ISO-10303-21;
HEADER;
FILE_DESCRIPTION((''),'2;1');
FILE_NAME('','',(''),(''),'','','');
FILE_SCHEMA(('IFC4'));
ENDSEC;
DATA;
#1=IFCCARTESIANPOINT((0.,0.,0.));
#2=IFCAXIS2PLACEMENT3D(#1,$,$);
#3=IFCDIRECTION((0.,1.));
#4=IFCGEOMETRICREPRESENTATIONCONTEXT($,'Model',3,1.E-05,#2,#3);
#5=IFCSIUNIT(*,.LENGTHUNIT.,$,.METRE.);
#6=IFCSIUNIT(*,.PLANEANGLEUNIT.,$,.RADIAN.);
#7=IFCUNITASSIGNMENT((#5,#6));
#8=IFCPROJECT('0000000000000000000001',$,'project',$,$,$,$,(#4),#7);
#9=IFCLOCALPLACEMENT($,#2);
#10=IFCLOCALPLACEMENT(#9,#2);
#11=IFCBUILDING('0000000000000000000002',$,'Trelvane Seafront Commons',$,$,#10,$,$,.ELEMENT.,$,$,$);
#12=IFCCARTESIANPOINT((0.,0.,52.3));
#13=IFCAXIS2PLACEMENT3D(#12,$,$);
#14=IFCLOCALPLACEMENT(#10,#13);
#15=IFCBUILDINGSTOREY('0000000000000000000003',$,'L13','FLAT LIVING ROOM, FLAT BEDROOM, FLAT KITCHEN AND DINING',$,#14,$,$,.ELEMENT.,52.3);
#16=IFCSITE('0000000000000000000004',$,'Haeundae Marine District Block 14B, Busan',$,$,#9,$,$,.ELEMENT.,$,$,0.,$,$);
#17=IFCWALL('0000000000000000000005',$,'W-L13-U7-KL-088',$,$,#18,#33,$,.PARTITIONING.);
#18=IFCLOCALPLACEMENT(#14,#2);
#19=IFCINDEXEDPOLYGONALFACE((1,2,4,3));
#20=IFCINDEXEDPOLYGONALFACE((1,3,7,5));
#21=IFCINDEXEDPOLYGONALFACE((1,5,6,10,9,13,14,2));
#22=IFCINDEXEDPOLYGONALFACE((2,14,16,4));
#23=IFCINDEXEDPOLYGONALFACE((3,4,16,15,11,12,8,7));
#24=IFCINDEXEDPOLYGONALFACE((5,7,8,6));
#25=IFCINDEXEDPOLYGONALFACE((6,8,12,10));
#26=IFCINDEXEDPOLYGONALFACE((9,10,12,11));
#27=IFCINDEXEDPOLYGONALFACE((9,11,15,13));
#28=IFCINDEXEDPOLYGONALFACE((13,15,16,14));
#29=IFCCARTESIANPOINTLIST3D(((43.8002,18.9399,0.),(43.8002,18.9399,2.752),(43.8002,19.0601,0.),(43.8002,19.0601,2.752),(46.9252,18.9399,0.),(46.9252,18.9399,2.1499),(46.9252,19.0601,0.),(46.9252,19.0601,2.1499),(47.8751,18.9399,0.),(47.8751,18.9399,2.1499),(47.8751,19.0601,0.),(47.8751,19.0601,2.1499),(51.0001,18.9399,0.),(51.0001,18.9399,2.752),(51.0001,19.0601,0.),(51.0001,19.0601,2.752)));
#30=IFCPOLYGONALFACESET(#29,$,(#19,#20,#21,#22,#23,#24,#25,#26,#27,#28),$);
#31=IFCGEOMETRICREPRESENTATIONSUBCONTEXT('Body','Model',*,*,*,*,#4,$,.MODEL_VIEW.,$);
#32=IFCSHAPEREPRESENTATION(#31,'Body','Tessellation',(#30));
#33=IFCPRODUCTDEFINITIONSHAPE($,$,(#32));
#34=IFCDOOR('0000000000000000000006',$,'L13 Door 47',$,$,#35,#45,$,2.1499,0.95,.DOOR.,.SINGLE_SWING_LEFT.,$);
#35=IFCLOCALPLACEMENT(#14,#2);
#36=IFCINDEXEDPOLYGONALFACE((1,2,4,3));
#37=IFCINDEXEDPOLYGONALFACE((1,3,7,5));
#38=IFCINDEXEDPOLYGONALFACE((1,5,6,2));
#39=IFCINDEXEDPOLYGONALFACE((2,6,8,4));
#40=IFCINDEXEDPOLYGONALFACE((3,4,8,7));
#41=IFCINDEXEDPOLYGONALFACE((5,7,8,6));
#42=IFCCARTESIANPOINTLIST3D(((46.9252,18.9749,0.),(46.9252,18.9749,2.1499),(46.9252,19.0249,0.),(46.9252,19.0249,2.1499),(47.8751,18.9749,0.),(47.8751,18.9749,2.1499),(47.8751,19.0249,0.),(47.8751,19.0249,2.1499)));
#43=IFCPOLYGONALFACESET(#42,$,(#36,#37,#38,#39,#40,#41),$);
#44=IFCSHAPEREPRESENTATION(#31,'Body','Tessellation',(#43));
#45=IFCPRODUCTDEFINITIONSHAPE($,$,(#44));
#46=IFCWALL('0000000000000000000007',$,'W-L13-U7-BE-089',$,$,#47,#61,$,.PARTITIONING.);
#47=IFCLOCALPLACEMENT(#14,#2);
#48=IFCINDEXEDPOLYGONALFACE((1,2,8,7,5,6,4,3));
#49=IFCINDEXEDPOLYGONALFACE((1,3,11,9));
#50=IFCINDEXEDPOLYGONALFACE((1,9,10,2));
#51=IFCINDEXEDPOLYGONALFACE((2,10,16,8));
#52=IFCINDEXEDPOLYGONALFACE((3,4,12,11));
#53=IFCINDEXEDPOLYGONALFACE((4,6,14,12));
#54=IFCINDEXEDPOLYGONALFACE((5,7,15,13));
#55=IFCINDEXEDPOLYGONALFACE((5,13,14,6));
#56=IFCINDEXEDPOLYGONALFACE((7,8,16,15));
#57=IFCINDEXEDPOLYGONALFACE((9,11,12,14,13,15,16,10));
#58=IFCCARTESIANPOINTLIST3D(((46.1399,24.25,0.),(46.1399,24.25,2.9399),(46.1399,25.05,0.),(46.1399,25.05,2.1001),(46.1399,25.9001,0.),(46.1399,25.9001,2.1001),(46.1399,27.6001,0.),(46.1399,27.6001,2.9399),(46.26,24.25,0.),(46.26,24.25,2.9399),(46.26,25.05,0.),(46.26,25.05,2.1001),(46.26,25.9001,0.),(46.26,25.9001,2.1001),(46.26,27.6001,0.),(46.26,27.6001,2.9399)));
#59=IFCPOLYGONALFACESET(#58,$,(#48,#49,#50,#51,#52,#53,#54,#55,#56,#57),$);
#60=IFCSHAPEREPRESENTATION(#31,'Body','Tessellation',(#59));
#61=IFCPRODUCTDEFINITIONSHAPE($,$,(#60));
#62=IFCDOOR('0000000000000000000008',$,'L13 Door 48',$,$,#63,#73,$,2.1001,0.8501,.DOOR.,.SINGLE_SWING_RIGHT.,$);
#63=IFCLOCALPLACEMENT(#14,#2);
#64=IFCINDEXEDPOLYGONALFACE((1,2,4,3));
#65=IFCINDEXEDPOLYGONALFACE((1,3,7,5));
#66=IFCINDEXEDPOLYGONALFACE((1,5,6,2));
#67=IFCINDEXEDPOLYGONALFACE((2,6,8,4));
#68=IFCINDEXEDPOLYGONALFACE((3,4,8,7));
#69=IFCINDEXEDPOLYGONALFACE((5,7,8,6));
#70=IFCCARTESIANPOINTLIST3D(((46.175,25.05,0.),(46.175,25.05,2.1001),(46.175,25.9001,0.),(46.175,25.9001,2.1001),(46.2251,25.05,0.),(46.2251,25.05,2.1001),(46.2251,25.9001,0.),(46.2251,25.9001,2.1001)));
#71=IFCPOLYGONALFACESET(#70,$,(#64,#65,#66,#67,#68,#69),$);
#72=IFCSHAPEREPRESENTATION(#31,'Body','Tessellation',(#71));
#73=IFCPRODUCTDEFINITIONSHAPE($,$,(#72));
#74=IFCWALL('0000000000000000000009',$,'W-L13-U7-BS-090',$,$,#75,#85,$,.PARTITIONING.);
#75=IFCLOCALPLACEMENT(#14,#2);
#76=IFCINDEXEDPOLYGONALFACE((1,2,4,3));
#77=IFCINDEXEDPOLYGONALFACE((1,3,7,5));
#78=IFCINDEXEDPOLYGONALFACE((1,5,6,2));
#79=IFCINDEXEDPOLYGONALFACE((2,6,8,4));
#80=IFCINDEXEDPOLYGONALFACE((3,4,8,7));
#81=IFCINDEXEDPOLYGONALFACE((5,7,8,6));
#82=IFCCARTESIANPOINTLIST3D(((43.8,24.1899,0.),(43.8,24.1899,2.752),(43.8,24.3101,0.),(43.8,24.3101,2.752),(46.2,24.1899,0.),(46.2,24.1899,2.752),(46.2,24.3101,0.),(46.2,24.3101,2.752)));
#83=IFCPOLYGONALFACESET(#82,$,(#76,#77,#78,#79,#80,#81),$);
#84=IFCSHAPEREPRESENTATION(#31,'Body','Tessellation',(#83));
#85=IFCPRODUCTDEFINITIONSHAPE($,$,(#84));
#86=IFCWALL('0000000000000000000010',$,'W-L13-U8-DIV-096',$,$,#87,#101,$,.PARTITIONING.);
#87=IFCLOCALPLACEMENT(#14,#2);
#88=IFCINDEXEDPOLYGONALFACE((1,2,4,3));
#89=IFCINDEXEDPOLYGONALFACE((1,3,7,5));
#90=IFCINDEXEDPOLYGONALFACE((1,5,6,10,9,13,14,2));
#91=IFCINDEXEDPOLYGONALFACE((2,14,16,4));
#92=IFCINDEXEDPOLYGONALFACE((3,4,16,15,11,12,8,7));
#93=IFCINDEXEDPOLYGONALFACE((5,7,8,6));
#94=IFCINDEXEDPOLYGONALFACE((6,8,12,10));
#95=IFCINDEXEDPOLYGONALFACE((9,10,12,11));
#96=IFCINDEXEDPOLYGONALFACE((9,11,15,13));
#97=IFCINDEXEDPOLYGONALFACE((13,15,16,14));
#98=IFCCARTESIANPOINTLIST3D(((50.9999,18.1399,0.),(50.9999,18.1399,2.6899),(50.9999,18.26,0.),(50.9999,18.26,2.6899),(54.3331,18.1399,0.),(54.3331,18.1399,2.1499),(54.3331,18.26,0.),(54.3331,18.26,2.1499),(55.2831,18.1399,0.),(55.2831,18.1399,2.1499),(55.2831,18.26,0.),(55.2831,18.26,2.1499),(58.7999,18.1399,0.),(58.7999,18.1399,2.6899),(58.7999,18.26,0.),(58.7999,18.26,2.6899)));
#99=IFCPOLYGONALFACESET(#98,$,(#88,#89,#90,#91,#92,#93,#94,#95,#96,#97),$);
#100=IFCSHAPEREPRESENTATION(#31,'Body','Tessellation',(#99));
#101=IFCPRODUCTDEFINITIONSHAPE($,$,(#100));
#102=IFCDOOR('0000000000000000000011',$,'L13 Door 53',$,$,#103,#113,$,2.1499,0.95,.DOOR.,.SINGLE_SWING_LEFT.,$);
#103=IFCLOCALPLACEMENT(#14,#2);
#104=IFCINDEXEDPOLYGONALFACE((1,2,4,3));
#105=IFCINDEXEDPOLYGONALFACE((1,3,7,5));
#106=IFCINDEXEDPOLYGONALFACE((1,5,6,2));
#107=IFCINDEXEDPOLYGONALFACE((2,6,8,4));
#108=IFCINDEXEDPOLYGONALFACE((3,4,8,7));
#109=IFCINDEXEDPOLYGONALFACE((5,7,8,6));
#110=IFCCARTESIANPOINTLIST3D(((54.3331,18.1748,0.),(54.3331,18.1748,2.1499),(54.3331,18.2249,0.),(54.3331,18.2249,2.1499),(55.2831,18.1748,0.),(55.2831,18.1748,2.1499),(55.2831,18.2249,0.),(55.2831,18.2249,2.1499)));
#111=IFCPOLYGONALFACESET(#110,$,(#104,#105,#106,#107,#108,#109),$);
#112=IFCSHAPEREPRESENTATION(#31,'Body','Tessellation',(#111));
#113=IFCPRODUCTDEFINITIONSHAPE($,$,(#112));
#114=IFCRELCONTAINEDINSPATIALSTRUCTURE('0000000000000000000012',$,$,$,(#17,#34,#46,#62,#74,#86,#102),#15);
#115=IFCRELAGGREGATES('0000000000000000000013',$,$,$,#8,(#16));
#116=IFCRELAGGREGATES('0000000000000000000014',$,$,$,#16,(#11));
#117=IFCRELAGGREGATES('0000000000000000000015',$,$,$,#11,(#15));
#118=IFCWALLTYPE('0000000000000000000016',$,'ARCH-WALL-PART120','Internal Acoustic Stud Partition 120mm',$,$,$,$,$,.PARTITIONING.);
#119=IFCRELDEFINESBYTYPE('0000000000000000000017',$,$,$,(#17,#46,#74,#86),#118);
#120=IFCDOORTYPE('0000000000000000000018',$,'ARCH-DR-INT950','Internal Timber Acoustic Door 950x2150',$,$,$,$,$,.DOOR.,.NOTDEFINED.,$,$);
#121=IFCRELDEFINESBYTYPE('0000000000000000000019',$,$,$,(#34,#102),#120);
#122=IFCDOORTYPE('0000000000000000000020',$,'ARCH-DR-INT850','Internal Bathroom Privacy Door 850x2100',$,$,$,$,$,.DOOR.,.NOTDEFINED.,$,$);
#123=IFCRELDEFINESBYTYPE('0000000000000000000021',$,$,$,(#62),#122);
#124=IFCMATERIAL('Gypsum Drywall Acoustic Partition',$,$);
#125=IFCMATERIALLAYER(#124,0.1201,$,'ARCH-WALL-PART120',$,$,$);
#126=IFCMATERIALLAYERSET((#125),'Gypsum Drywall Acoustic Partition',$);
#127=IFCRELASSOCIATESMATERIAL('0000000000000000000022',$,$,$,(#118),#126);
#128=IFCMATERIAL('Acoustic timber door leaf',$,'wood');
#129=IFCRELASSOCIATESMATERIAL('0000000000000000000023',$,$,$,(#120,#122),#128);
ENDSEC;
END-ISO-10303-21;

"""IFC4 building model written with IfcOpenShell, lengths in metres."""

from ifc_helpers import new_model, si_unit, direction, frame, frame_2d, origin, place, context, subcontext, project, spatial, rectangle, extrude, source, transform, mapped, material, layer, layer_set, type_object, element, fill, save


model = new_model("IFC4")

# Units and contexts
model_context = context("Model", 3, precision=1e-05, world=origin(), true_north=direction((0.0, 1.0)))
body_context = subcontext(model_context, "Body", "Model", "MODEL_VIEW")
ifc_project = project(units=[si_unit("LENGTHUNIT", "METRE"), si_unit("PLANEANGLEUNIT", "RADIAN")], contexts=[model_context])

# Site, building, storey
site_placement = place(None, origin())
site = spatial("IfcSite", under=ifc_project, at=site_placement, Name="Haeundae Marine District Block 14B, Busan", CompositionType="ELEMENT", RefElevation=0.0)
building_placement = place(site_placement, origin())
building = spatial("IfcBuilding", under=site, at=building_placement, Name="Trelvane Seafront Commons", CompositionType="ELEMENT")
storey_placement = place(building_placement, frame((0.0, 0.0, 52.3)))
storey = spatial("IfcBuildingStorey", under=building, at=storey_placement, Name="L13", Description="FLAT LIVING ROOM, FLAT BEDROOM, FLAT KITCHEN AND DINING", CompositionType="ELEMENT", Elevation=52.3)

# Walls, openings, doors
ifc_material_1 = material(Name="Gypsum Drywall Acoustic Partition")
ifc_layer_1 = layer(ifc_material_1, 0.1201, Name="ARCH-WALL-PART120")
ifc_layer_set_1 = layer_set([ifc_layer_1], Name="Gypsum Drywall Acoustic Partition")
wall_type_1 = type_object("IfcWallType", Name="ARCH-WALL-PART120", Description="Internal Acoustic Stud Partition 120mm", PredefinedType="PARTITIONING", material=ifc_layer_set_1)
ifc_material_2 = material(Name="Acoustic timber door leaf", Category="wood")
door_type_1 = type_object("IfcDoorType", Name="ARCH-DR-INT950", Description="Internal Timber Acoustic Door 950x2150", OperationType="NOTDEFINED", PredefinedType="DOOR", material=ifc_material_2)
shared_shape_1 = source(origin(), body_context, "Body", "SweptSolid", [
    extrude(rectangle(XDim=0.95, YDim=2.1499, at=frame_2d((0.4751, 1.075))), frame((0.0, 0.0249, 0.0), z_axis=(0.0, -1.0, 0.0), x_axis=(1.0, 0.0, 0.0)), (0.0, 0.0, 1.0), 0.05),
])
wall_1_placement = place(storey_placement, frame((43.8, 19.0, 0.0), z_axis=(0.0, 0.0, 1.0), x_axis=(1.0, 0.0, 0.0)))
wall_1 = element("IfcWall", 1, at=wall_1_placement, inside=storey, type_object=wall_type_1, Name="W-L13-U7-KL-088", PredefinedType="PARTITIONING", context=body_context, shape_type="SweptSolid", body=[
    extrude(rectangle(XDim=7.2, YDim=0.1201, at=frame_2d((3.6001, 0.0))), origin(), (0.0, 0.0, 1.0), 2.752),
])
opening_1_placement = place(wall_1_placement, frame((3.125, 0.0, 0.0)))
opening_1 = element("IfcOpeningElement", 2, at=opening_1_placement, cuts=wall_1, PredefinedType="OPENING", context=body_context, shape_type="SweptSolid", body=[
    extrude(rectangle(XDim=0.95, YDim=2.1499, at=frame_2d((0.4751, 1.075))), frame((0.0, 0.0701, 0.0), z_axis=(0.0, -1.0, 0.0), x_axis=(1.0, 0.0, 0.0)), (0.0, 0.0, 1.0), 0.1401),
])
door_1_placement = place(opening_1_placement, origin())
door_1 = element("IfcDoor", 3, at=door_1_placement, inside=storey, type_object=door_type_1, Name="L13 Door 47", OperationType="SINGLE_SWING_LEFT", OverallHeight=2.1499, OverallWidth=0.95, PredefinedType="DOOR", context=body_context, shape_type="MappedRepresentation", body=[
    mapped(shared_shape_1, transform((0.0, 0.0, 0.0), x_axis=(1.0, 0.0, 0.0), y_axis=(0.0, 1.0, 0.0), z_axis=(0.0, 0.0, 1.0), scale=1.0)),
])
fill(opening_1, door_1)
wall_2_placement = place(storey_placement, frame((46.2, 24.25, 0.0), z_axis=(0.0, 0.0, 1.0), x_axis=(0.0, 1.0, 0.0)))
wall_2 = element("IfcWall", 4, at=wall_2_placement, inside=storey, type_object=wall_type_1, Name="W-L13-U7-BE-089", PredefinedType="PARTITIONING", context=body_context, shape_type="SweptSolid", body=[
    extrude(rectangle(XDim=3.3501, YDim=0.1201, at=frame_2d((1.675, 0.0))), origin(), (0.0, 0.0, 1.0), 2.9399),
])
opening_2_placement = place(wall_2_placement, frame((0.8, 0.0, 0.0)))
opening_2 = element("IfcOpeningElement", 5, at=opening_2_placement, cuts=wall_2, PredefinedType="OPENING", context=body_context, shape_type="SweptSolid", body=[
    extrude(rectangle(XDim=0.8501, YDim=2.1001, at=frame_2d((0.425, 1.05))), frame((0.0, 0.0701, 0.0), z_axis=(0.0, -1.0, 0.0), x_axis=(1.0, 0.0, 0.0)), (0.0, 0.0, 1.0), 0.1401),
])
door_type_2 = type_object("IfcDoorType", Name="ARCH-DR-INT850", Description="Internal Bathroom Privacy Door 850x2100", OperationType="NOTDEFINED", PredefinedType="DOOR", material=ifc_material_2)
shared_shape_2 = source(origin(), body_context, "Body", "SweptSolid", [
    extrude(rectangle(XDim=0.8501, YDim=2.1001, at=frame_2d((0.425, 1.05))), frame((0.0, 0.0249, 0.0), z_axis=(0.0, -1.0, 0.0), x_axis=(1.0, 0.0, 0.0)), (0.0, 0.0, 1.0), 0.05),
])
door_2_placement = place(opening_2_placement, origin())
door_2 = element("IfcDoor", 6, at=door_2_placement, inside=storey, type_object=door_type_2, Name="L13 Door 48", OperationType="SINGLE_SWING_RIGHT", OverallHeight=2.1001, OverallWidth=0.8501, PredefinedType="DOOR", context=body_context, shape_type="MappedRepresentation", body=[
    mapped(shared_shape_2, transform((0.0, 0.0, 0.0), x_axis=(1.0, 0.0, 0.0), y_axis=(0.0, 1.0, 0.0), z_axis=(0.0, 0.0, 1.0), scale=1.0)),
])
fill(opening_2, door_2)

# Wall
wall_3_placement = place(storey_placement, frame((43.8, 24.25, 0.0), z_axis=(0.0, 0.0, 1.0), x_axis=(1.0, 0.0, 0.0)))
element("IfcWall", 7, at=wall_3_placement, inside=storey, type_object=wall_type_1, Name="W-L13-U7-BS-090", PredefinedType="PARTITIONING", context=body_context, shape_type="SweptSolid", body=[
    extrude(rectangle(XDim=2.3999, YDim=0.1201, at=frame_2d((1.2, 0.0))), origin(), (0.0, 0.0, 1.0), 2.752),
])

# Wall, opening, door
wall_4_placement = place(storey_placement, frame((51.0, 18.2, 0.0), z_axis=(0.0, 0.0, 1.0), x_axis=(1.0, 0.0, 0.0)))
wall_4 = element("IfcWall", 8, at=wall_4_placement, inside=storey, type_object=wall_type_1, Name="W-L13-U8-DIV-096", PredefinedType="PARTITIONING", context=body_context, shape_type="SweptSolid", body=[
    extrude(rectangle(XDim=7.8, YDim=0.1201, at=frame_2d((3.8999, 0.0))), origin(), (0.0, 0.0, 1.0), 2.6899),
])
opening_3_placement = place(wall_4_placement, frame((3.333, 0.0, 0.0)))
opening_3 = element("IfcOpeningElement", 9, at=opening_3_placement, cuts=wall_4, PredefinedType="OPENING", context=body_context, shape_type="SweptSolid", body=[
    extrude(rectangle(XDim=0.95, YDim=2.1499, at=frame_2d((0.4751, 1.075))), frame((0.0, 0.0701, 0.0), z_axis=(0.0, -1.0, 0.0), x_axis=(1.0, 0.0, 0.0)), (0.0, 0.0, 1.0), 0.1401),
])
door_3_placement = place(opening_3_placement, origin())
door_3 = element("IfcDoor", 10, at=door_3_placement, inside=storey, type_object=door_type_1, Name="L13 Door 53", OperationType="SINGLE_SWING_LEFT", OverallHeight=2.1499, OverallWidth=0.95, PredefinedType="DOOR", context=body_context, shape_type="MappedRepresentation", body=[
    mapped(shared_shape_1, transform((0.0, 0.0, 0.0), x_axis=(1.0, 0.0, 0.0), y_axis=(0.0, 1.0, 0.0), z_axis=(0.0, 0.0, 1.0), scale=1.0)),
])
fill(opening_3, door_3)

save(model, "model.ifc")
